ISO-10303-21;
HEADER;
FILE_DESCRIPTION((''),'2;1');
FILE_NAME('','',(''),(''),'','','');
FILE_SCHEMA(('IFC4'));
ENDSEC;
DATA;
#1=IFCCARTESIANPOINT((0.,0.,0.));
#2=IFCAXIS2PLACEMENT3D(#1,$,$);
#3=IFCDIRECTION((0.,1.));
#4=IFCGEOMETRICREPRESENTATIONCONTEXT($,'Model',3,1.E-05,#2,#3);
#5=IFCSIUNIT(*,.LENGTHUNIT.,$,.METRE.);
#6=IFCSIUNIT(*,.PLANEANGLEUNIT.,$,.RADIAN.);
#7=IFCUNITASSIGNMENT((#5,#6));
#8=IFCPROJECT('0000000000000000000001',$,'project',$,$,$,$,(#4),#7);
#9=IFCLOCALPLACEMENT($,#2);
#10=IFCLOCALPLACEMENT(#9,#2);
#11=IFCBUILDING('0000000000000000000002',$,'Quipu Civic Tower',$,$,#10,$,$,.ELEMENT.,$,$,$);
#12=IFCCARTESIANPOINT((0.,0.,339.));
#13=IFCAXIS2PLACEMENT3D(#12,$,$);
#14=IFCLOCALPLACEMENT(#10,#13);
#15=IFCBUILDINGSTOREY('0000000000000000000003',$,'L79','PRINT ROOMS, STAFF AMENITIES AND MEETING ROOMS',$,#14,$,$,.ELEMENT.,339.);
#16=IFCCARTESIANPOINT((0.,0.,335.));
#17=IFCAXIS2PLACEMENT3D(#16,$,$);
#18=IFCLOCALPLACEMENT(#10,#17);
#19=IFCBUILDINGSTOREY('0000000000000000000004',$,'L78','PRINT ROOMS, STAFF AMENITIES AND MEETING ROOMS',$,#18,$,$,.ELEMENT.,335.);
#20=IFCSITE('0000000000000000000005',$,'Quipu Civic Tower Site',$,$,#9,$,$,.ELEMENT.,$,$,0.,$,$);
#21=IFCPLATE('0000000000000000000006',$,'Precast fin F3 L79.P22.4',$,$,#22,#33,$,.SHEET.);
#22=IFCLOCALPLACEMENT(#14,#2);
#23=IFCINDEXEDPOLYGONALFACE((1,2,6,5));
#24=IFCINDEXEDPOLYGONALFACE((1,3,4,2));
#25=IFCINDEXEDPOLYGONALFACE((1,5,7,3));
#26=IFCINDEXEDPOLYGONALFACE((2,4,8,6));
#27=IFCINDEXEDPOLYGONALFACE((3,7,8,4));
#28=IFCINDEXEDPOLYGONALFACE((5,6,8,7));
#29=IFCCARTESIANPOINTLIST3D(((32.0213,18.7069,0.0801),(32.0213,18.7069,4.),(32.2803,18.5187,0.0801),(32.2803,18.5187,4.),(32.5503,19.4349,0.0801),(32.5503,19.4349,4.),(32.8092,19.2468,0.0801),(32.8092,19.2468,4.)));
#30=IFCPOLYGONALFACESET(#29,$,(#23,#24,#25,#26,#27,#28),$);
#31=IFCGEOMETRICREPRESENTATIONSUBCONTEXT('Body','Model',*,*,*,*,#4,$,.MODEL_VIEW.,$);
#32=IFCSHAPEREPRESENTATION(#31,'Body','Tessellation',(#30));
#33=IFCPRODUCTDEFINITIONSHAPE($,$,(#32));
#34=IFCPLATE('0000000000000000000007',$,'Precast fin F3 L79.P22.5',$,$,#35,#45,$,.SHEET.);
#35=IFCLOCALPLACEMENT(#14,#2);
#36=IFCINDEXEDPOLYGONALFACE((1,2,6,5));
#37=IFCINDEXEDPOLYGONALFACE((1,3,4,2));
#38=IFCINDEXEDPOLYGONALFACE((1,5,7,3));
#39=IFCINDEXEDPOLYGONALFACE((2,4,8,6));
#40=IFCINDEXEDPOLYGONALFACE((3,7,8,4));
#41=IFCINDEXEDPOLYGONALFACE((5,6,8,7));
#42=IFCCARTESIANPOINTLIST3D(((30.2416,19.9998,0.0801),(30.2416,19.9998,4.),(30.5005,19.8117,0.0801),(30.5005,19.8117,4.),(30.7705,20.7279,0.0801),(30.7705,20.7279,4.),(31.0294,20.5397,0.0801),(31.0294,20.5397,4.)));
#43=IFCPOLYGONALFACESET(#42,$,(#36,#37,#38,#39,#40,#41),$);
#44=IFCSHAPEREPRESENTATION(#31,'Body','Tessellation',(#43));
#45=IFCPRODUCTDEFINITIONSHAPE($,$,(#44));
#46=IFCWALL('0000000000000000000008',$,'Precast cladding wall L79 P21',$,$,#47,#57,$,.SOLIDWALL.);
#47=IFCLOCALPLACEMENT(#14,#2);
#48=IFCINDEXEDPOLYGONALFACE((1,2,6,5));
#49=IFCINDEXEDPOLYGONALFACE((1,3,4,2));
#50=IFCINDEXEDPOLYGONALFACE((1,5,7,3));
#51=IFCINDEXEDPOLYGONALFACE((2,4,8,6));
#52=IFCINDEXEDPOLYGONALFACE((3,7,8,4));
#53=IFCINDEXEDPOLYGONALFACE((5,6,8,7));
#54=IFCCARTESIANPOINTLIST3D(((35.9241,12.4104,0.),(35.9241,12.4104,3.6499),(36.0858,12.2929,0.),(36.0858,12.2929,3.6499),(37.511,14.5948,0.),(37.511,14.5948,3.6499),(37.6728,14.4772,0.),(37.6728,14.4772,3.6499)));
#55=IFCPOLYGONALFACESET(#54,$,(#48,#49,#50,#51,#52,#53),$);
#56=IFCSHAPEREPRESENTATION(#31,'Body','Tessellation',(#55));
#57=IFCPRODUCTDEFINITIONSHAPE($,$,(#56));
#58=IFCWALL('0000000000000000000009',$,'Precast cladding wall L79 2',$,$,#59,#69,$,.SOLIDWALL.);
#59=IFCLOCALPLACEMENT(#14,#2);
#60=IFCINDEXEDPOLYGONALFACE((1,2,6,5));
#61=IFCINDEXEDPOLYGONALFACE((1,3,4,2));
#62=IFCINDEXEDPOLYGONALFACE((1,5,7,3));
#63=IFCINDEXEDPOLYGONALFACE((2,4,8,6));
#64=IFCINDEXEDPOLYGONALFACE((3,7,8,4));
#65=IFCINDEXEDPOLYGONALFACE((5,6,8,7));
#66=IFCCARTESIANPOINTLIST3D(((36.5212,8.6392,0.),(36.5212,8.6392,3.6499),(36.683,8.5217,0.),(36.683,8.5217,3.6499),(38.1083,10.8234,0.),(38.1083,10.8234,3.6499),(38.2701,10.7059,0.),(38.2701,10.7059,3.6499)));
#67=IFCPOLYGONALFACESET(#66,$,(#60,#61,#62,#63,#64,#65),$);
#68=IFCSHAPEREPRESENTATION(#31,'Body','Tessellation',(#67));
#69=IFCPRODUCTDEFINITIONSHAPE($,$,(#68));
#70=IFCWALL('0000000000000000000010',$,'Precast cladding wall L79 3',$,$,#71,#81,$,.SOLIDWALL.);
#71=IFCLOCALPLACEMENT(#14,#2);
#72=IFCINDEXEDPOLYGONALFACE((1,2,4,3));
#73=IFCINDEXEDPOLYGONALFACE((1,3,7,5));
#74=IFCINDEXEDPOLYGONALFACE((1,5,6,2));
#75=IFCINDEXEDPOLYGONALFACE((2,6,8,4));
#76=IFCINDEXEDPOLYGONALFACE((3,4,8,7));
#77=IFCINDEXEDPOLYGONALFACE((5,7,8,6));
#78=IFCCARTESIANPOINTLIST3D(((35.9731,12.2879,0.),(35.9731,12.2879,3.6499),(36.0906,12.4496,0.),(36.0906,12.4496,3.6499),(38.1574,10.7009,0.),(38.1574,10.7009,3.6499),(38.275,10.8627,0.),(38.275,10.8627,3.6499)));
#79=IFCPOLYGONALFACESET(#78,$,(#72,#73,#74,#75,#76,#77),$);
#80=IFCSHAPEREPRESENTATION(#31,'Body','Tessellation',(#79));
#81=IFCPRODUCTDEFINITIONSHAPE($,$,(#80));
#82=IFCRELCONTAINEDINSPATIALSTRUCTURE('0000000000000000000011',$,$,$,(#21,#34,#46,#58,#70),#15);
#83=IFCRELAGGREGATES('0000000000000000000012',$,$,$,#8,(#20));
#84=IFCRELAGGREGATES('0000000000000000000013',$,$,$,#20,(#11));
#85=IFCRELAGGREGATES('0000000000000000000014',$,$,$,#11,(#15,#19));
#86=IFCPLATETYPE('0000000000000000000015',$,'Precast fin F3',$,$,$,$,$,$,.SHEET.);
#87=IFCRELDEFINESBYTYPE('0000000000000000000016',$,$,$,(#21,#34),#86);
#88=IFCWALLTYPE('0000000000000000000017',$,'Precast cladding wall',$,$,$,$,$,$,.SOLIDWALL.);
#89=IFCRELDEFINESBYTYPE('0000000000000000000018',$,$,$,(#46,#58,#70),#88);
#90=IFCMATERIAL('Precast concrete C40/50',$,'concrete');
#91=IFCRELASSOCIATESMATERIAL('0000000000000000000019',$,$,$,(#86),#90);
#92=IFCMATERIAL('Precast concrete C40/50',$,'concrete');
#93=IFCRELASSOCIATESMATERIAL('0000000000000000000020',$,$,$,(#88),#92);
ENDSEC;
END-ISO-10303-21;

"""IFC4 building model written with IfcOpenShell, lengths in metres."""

from ifc_helpers import new_model, si_unit, direction, frame, frame_2d, origin, origin_2d, place, context, subcontext, project, spatial, rectangle, extrude, material, type_object, element, save


model = new_model("IFC4")

# Units and contexts
model_context = context("Model", 3, precision=1e-05, world=origin(), true_north=direction((0.0, 1.0)))
body_context = subcontext(model_context, "Body", "Model", "MODEL_VIEW")
ifc_project = project(units=[si_unit("LENGTHUNIT", "METRE"), si_unit("PLANEANGLEUNIT", "RADIAN")], contexts=[model_context])

# Site, building, storey
site_placement = place(None, origin())
site = spatial("IfcSite", under=ifc_project, at=site_placement, Name="Quipu Civic Tower Site", CompositionType="ELEMENT", RefElevation=0.0)
building_placement = place(site_placement, origin())
building = spatial("IfcBuilding", under=site, at=building_placement, Name="Quipu Civic Tower", CompositionType="ELEMENT")
storey_1_placement = place(building_placement, frame((0.0, 0.0, 339.0)))
storey_1 = spatial("IfcBuildingStorey", under=building, at=storey_1_placement, Name="L79", Description="PRINT ROOMS, STAFF AMENITIES AND MEETING ROOMS", CompositionType="ELEMENT", Elevation=339.0)

# Shared definitions
storey_2_placement = place(building_placement, frame((0.0, 0.0, 335.0)))
storey_2 = spatial("IfcBuildingStorey", under=building, at=storey_2_placement, Name="L78", Description="PRINT ROOMS, STAFF AMENITIES AND MEETING ROOMS", CompositionType="ELEMENT", Elevation=335.0)

# Plates
ifc_material_1 = material(Name="Precast concrete C40/50", Category="concrete")
plate_type_1 = type_object("IfcPlateType", Name="Precast fin F3", PredefinedType="SHEET", material=ifc_material_1)
for number, where, z_axis, x_axis, name in (
    (1, (32.4153, 18.9768, 0.0801), (0.0, 0.0, 1.0), (-0.809017, 0.587785, 0.0), "Precast fin F3 L79.P22.4"),
    (2, (30.6355, 20.2698, 0.0801), (0.0, 0.0, 1.0), (-0.809017, 0.587785, 0.0), "Precast fin F3 L79.P22.5"),
):
    element("IfcPlate", number, at=place(storey_1_placement, frame(where, z_axis=z_axis, x_axis=x_axis)), inside=storey_1, type_object=plate_type_1, Name=name, PredefinedType="SHEET", context=body_context, shape_type="SweptSolid", body=[
        extrude(rectangle(XDim=0.3201, YDim=0.8999, at=origin_2d()), origin(), (0.0, 0.0, 1.0), 3.9199),
    ])

# Walls
ifc_material_2 = material(Name="Precast concrete C40/50", Category="concrete")
wall_type = type_object("IfcWallType", Name="Precast cladding wall", PredefinedType="SOLIDWALL", material=ifc_material_2)
for number, where, z_axis, x_axis, name in (
    (3, (36.0049, 12.3516, 0.0), (0.0, 0.0, 1.0), (0.587763, 0.809033, 0.0), "Precast cladding wall L79 P21"),
    (4, (36.6021, 8.5803, 0.0), (0.0, 0.0, 1.0), (0.587822, 0.80899, 0.0), "Precast cladding wall L79 2"),
    (5, (38.2163, 10.7817, 0.0), (0.0, 0.0, 1.0), (-0.809033, 0.587763, 0.0), "Precast cladding wall L79 3"),
):
    element("IfcWall", number, at=place(storey_1_placement, frame(where, z_axis=z_axis, x_axis=x_axis)), inside=storey_1, type_object=wall_type, Name=name, PredefinedType="SOLIDWALL", context=body_context, shape_type="SweptSolid", body=[
        extrude(rectangle(XDim=2.7, YDim=0.2, at=frame_2d((1.3501, 0.0))), origin(), (0.0, 0.0, 1.0), 3.6499),
    ])

save(model, "model.ifc")
